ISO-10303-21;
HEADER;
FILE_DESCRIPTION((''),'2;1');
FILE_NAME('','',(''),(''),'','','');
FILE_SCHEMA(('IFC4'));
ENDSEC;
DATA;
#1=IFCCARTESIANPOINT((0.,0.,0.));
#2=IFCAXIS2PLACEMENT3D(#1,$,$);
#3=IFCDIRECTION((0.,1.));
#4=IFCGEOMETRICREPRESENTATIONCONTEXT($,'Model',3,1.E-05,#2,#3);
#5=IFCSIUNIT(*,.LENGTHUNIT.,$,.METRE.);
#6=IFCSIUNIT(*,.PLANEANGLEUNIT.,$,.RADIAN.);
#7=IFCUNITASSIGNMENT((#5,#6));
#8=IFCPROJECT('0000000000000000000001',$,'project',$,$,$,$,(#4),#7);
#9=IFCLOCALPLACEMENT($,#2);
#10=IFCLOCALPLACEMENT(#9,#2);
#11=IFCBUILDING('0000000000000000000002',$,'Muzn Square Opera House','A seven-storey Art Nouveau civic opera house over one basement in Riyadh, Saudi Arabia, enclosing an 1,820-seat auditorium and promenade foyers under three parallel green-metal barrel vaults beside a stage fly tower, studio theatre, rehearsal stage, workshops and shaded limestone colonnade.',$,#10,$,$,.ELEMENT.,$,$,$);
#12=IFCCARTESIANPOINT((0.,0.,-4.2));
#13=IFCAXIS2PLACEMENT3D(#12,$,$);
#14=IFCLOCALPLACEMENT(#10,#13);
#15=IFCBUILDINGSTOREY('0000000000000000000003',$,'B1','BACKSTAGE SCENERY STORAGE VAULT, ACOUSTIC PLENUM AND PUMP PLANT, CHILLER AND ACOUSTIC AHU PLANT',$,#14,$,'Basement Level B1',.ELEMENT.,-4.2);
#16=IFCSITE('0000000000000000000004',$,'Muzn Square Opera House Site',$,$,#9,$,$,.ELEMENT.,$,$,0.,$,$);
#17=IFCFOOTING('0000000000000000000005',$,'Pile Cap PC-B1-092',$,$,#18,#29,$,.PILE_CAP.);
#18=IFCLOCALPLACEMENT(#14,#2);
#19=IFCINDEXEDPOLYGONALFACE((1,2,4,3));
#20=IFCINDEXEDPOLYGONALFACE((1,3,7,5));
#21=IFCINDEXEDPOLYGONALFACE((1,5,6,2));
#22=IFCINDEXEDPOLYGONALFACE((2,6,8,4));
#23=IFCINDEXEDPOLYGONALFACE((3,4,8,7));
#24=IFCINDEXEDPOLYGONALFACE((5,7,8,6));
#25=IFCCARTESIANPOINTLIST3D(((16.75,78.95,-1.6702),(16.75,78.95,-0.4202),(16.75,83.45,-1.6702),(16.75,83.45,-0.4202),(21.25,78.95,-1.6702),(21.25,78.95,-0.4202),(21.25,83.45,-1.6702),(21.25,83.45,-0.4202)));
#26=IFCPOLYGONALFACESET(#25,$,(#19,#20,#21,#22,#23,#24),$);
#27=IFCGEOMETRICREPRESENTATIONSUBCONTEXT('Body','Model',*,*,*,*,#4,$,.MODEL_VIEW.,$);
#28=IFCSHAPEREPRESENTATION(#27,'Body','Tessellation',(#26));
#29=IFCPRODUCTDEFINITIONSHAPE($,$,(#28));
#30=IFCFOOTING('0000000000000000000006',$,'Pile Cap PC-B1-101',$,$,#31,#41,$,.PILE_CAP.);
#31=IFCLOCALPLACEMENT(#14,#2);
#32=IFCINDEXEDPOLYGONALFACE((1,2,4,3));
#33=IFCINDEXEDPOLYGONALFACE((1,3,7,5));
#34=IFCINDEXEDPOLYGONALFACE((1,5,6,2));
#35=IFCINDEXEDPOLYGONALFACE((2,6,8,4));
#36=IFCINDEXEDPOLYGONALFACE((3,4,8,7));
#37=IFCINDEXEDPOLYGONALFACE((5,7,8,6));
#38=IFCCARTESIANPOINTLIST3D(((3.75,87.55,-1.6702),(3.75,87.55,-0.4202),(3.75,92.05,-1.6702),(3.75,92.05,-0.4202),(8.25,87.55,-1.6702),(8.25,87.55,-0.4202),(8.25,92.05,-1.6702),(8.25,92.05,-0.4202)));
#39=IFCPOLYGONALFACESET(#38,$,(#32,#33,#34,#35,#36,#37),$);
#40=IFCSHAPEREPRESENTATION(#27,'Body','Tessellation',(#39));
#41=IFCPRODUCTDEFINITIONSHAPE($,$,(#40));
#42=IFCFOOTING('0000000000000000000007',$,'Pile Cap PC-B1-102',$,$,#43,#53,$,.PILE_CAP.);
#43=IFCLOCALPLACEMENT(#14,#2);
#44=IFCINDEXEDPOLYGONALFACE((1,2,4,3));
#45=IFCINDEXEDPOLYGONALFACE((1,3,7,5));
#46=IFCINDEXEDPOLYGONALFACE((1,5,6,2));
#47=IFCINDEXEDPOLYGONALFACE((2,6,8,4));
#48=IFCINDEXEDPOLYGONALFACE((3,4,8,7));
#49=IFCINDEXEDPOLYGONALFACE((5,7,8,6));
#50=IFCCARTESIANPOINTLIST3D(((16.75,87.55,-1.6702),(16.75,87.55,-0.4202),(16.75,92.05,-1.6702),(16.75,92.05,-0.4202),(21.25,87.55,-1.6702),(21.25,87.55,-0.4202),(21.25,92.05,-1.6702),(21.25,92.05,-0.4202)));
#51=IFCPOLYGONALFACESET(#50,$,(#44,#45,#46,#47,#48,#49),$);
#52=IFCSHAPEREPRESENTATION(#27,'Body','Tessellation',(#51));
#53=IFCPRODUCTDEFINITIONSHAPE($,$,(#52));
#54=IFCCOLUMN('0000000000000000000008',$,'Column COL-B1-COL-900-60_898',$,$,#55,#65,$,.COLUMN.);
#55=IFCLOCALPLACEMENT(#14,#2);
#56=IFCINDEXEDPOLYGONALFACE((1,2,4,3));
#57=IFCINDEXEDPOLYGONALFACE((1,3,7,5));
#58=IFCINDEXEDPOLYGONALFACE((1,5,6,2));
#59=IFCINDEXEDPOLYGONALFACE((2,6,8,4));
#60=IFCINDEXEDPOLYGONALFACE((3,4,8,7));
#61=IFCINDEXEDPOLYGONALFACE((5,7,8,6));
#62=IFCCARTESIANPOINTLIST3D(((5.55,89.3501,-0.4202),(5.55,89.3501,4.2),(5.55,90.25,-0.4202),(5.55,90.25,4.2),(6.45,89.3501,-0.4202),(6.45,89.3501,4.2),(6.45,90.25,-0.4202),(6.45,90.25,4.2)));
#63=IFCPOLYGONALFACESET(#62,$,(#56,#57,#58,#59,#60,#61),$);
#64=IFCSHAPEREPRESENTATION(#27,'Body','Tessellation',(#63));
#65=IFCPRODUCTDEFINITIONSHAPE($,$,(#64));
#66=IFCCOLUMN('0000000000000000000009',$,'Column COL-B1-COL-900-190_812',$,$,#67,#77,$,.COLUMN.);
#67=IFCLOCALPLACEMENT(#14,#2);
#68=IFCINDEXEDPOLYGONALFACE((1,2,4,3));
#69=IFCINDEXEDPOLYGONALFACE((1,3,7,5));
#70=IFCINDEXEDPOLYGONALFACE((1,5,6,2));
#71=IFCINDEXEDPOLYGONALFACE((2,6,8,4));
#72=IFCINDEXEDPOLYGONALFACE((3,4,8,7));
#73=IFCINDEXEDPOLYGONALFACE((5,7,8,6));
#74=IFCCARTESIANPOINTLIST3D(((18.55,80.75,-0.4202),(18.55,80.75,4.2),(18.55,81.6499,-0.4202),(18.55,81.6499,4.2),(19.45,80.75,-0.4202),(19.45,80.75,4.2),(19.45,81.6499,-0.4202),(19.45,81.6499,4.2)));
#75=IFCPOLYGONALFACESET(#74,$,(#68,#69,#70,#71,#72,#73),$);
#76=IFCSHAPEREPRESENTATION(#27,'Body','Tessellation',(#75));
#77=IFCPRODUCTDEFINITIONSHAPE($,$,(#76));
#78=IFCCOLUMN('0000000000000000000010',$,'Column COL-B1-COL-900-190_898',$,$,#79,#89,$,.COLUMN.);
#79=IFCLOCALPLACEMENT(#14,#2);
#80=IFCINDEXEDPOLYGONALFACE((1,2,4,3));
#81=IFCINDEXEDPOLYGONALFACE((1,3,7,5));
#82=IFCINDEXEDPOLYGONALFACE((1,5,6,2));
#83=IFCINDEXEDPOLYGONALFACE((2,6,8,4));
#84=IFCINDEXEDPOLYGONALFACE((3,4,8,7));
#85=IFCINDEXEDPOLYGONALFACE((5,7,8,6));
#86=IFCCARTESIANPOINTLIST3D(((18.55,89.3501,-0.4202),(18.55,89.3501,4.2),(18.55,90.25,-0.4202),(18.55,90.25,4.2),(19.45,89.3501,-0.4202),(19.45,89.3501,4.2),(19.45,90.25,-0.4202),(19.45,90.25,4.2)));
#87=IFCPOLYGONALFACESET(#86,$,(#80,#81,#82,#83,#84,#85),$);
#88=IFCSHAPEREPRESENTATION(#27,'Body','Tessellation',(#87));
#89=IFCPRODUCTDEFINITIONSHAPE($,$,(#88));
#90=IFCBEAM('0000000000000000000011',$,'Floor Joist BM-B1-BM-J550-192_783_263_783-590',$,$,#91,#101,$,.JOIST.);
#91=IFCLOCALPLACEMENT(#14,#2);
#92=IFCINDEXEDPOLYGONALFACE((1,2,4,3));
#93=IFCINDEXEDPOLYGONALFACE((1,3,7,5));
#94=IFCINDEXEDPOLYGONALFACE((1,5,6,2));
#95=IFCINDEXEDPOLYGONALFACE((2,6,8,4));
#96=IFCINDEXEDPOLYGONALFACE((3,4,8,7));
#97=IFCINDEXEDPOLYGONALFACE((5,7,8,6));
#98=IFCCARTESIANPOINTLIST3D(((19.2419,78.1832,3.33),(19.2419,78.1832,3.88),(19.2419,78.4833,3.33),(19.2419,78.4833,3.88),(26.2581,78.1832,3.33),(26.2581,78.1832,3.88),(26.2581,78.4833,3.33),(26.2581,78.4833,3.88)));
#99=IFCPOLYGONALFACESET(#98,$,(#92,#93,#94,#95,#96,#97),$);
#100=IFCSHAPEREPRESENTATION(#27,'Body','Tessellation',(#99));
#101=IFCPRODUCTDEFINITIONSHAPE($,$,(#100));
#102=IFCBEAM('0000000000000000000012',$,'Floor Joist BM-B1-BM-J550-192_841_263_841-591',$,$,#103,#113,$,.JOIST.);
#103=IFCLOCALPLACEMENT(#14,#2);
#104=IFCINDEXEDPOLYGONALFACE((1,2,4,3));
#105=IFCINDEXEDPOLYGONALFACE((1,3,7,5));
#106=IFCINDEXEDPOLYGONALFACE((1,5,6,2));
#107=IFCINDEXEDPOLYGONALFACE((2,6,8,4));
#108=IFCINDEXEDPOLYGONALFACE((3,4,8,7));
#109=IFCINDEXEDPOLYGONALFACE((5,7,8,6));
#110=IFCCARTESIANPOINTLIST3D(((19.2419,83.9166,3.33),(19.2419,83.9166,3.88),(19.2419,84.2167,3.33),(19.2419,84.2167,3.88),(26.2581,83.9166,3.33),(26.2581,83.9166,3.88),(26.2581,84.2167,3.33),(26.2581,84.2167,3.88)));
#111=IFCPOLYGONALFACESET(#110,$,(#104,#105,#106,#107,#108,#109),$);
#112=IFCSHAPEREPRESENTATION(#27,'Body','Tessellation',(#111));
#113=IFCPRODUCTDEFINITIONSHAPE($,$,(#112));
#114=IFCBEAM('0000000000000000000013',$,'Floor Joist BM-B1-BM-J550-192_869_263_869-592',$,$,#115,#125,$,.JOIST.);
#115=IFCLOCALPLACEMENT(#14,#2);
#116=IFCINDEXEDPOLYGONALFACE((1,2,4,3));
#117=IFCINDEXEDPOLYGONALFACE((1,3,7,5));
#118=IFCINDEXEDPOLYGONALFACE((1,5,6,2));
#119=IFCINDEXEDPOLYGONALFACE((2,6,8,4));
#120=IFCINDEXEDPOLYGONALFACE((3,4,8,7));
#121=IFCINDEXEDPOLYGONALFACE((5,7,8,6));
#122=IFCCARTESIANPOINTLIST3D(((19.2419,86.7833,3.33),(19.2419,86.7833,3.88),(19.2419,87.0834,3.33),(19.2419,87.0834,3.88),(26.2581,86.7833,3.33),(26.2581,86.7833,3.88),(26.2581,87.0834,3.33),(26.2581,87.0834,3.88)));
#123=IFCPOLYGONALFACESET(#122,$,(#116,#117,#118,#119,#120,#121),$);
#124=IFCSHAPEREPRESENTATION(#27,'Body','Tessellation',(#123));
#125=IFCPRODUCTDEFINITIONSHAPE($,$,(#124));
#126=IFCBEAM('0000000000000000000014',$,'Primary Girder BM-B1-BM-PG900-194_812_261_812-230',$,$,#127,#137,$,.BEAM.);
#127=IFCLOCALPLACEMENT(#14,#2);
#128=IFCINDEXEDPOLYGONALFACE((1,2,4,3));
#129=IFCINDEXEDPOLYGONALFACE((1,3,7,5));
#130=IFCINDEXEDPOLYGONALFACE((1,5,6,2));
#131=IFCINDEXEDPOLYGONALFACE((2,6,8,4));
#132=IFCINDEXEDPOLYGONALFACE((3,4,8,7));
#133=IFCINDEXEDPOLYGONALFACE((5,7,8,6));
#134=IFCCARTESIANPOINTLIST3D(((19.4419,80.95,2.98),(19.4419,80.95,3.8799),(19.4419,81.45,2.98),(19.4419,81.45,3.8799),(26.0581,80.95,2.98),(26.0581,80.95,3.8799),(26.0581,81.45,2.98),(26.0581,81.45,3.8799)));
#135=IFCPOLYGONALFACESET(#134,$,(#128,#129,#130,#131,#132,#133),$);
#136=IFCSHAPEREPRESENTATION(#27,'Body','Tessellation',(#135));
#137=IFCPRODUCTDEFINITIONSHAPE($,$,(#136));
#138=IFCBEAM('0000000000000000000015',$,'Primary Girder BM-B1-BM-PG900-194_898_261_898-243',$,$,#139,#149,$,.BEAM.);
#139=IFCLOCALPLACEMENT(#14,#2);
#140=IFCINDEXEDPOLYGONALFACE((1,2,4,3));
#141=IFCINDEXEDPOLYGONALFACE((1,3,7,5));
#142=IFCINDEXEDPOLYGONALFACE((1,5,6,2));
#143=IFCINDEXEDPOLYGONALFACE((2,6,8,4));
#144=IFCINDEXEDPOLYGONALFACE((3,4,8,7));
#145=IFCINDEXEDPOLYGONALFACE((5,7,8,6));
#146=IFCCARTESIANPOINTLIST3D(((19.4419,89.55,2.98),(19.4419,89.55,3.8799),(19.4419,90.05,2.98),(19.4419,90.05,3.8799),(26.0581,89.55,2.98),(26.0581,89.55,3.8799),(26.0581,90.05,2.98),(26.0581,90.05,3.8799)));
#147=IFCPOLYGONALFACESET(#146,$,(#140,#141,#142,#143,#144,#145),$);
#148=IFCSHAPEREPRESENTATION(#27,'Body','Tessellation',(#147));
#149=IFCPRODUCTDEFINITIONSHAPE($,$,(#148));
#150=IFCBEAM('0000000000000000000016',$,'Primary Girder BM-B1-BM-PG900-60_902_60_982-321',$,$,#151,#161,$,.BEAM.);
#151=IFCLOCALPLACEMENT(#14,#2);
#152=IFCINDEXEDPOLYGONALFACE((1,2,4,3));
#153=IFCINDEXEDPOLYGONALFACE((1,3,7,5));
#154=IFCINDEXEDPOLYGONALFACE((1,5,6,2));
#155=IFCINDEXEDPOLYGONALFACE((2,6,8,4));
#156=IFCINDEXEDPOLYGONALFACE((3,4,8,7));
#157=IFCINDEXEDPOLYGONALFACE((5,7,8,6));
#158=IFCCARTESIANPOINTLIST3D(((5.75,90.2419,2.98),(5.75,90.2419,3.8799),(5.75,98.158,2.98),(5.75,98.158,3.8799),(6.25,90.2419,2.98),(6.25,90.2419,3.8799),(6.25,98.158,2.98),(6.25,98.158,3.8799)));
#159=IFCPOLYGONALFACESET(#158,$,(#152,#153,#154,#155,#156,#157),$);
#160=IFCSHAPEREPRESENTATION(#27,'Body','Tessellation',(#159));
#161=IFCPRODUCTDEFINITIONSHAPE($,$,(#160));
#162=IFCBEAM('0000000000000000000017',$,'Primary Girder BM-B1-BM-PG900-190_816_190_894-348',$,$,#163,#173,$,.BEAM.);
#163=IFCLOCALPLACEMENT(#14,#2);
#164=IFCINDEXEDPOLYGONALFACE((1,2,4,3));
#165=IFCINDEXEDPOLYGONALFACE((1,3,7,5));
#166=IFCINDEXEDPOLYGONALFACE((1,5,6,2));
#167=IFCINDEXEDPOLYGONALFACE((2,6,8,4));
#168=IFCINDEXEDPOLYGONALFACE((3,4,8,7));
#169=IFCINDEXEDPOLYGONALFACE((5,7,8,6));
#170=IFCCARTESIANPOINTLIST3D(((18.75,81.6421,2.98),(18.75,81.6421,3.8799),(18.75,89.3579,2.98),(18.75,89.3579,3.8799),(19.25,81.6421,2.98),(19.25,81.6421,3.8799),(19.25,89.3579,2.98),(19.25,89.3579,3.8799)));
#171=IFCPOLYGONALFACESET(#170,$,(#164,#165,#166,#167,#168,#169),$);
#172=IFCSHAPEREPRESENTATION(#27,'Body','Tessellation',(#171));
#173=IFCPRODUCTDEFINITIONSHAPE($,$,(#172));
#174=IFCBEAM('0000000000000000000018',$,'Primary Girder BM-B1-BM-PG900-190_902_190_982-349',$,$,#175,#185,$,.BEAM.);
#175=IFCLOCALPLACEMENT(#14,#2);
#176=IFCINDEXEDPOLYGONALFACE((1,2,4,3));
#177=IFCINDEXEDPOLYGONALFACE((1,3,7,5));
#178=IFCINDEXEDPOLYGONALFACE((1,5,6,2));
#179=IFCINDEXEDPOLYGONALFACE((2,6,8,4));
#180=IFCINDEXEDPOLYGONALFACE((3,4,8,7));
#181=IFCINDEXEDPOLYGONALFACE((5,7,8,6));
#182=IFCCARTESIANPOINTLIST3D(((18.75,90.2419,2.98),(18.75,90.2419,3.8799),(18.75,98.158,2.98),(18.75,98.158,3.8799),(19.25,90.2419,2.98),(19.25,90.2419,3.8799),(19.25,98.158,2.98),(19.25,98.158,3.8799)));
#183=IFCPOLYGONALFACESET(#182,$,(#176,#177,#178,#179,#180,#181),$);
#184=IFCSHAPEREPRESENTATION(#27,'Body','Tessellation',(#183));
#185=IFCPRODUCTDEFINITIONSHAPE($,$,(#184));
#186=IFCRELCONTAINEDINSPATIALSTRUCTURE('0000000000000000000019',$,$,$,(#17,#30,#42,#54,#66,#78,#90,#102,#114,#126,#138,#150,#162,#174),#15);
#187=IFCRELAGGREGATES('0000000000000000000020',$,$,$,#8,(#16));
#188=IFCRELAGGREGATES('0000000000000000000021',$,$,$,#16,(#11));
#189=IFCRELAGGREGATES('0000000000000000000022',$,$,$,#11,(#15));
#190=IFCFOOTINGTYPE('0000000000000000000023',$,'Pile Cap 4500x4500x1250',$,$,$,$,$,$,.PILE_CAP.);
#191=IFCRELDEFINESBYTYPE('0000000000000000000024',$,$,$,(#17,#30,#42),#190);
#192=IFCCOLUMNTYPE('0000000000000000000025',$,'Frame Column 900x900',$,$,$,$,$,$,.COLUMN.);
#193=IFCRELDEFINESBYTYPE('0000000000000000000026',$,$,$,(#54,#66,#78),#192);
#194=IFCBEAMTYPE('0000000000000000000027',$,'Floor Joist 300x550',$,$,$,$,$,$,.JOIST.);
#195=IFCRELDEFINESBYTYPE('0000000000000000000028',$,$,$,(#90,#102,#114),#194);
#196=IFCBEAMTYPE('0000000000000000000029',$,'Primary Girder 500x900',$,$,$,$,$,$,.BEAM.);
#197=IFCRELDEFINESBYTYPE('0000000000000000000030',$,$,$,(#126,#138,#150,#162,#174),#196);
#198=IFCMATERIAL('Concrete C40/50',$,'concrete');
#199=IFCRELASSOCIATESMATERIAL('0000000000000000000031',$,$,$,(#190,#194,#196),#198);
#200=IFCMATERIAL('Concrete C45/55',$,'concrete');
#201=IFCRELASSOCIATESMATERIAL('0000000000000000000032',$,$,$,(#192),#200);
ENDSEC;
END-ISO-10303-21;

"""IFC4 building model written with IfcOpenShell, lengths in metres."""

from ifc_helpers import new_model, si_unit, direction, frame, origin, origin_2d, place, context, subcontext, project, spatial, rectangle, extrude, material, material_profile, profile_set, type_object, element, save


model = new_model("IFC4")

# Units and contexts
model_context = context("Model", 3, precision=1e-05, world=origin(), true_north=direction((0.0, 1.0)))
body_context = subcontext(model_context, "Body", "Model", "MODEL_VIEW")
ifc_project = project(units=[si_unit("LENGTHUNIT", "METRE"), si_unit("PLANEANGLEUNIT", "RADIAN")], contexts=[model_context])

# Site, building, storey
site_placement = place(None, origin())
site = spatial("IfcSite", under=ifc_project, at=site_placement, Name="Muzn Square Opera House Site", CompositionType="ELEMENT", RefElevation=0.0)
building_placement = place(site_placement, origin())
building = spatial("IfcBuilding", under=site, at=building_placement, Name="Muzn Square Opera House", Description="A seven-storey Art Nouveau civic opera house over one basement in Riyadh, Saudi Arabia, enclosing an 1,820-seat auditorium and promenade foyers under three parallel green-metal barrel vaults beside a stage fly tower, studio theatre, rehearsal stage, workshops and shaded limestone colonnade.", CompositionType="ELEMENT")
storey_placement = place(building_placement, frame((0.0, 0.0, -4.2)))
storey = spatial("IfcBuildingStorey", under=building, at=storey_placement, Name="B1", Description="BACKSTAGE SCENERY STORAGE VAULT, ACOUSTIC PLENUM AND PUMP PLANT, CHILLER AND ACOUSTIC AHU PLANT", LongName="Basement Level B1", CompositionType="ELEMENT", Elevation=-4.2)

# Shared definitions
ifc_material_1 = material(Name="Concrete C40/50", Category="concrete")

# Footings
footing_type_1 = type_object("IfcFootingType", Name="Pile Cap 4500x4500x1250", PredefinedType="PILE_CAP", material=ifc_material_1)
for number, where, z_axis, x_axis, name in (
    (1, (19.0, 81.2, -1.6702), (0.0, 0.0, 1.0), (1.0, 0.0, 0.0), "Pile Cap PC-B1-092"),
    (2, (6.0, 89.8, -1.6702), (0.0, 0.0, 1.0), (1.0, 0.0, 0.0), "Pile Cap PC-B1-101"),
    (3, (19.0, 89.8, -1.6702), (0.0, 0.0, 1.0), (1.0, 0.0, 0.0), "Pile Cap PC-B1-102"),
):
    element("IfcFooting", number, at=place(storey_placement, frame(where, z_axis=z_axis, x_axis=x_axis)), inside=storey, type_object=footing_type_1, Name=name, PredefinedType="PILE_CAP", context=body_context, shape_type="SweptSolid", body=[
        extrude(rectangle(XDim=4.5, YDim=4.5, at=origin_2d()), origin(), (0.0, 0.0, 1.0), 1.25),
    ])

# Columns
ifc_material_2 = material(Name="Concrete C45/55", Category="concrete")
ifc_material_profile_1 = material_profile(ifc_material_2, rectangle(XDim=0.8999, YDim=0.8999, at=origin_2d()), Name="RC 900x900", Category="concrete")
ifc_profile_set_1 = profile_set([ifc_material_profile_1], Name="Concrete C45/55")
column_type = type_object("IfcColumnType", Name="Frame Column 900x900", PredefinedType="COLUMN", material=ifc_profile_set_1)
for number, where, z_axis, x_axis, name in (
    (4, (6.0, 89.8, -0.4202), (0.0, 0.0, 1.0), (1.0, 0.0, 0.0), "Column COL-B1-COL-900-60_898"),
    (5, (19.0, 81.2, -0.4202), (0.0, 0.0, 1.0), (1.0, 0.0, 0.0), "Column COL-B1-COL-900-190_812"),
    (6, (19.0, 89.8, -0.4202), (0.0, 0.0, 1.0), (1.0, 0.0, 0.0), "Column COL-B1-COL-900-190_898"),
):
    element("IfcColumn", number, at=place(storey_placement, frame(where, z_axis=z_axis, x_axis=x_axis)), inside=storey, type_object=column_type, Name=name, PredefinedType="COLUMN", context=body_context, shape_type="SweptSolid", body=[
        extrude(rectangle(XDim=0.8999, YDim=0.8999, at=origin_2d()), origin(), (0.0, 0.0, 1.0), 4.6201),
    ])

# Beams
ifc_material_profile_2 = material_profile(ifc_material_1, rectangle(XDim=0.3, YDim=0.55, at=origin_2d()), Name="RCJ 300x550", Category="concrete")
ifc_profile_set_2 = profile_set([ifc_material_profile_2], Name="Concrete C40/50")
beam_type_1 = type_object("IfcBeamType", Name="Floor Joist 300x550", PredefinedType="JOIST", material=ifc_profile_set_2)
for number, where, z_axis, x_axis, name in (
    (7, (19.2419, 78.3333, 3.605), (1.0, 0.0, 0.0), (0.0, 1.0, 0.0), "Floor Joist BM-B1-BM-J550-192_783_263_783-590"),
    (8, (19.2419, 84.0667, 3.605), (1.0, 0.0, 0.0), (0.0, 1.0, 0.0), "Floor Joist BM-B1-BM-J550-192_841_263_841-591"),
    (9, (19.2419, 86.9333, 3.605), (1.0, 0.0, 0.0), (0.0, 1.0, 0.0), "Floor Joist BM-B1-BM-J550-192_869_263_869-592"),
):
    element("IfcBeam", number, at=place(storey_placement, frame(where, z_axis=z_axis, x_axis=x_axis)), inside=storey, type_object=beam_type_1, Name=name, PredefinedType="JOIST", context=body_context, shape_type="SweptSolid", body=[
        extrude(rectangle(XDim=0.3, YDim=0.55, at=origin_2d()), origin(), (0.0, 0.0, 1.0), 7.0161),
    ])
ifc_material_profile_3 = material_profile(ifc_material_1, rectangle(XDim=0.5, YDim=0.8999, at=origin_2d()), Name="RCB 500x900", Category="concrete")
ifc_profile_set_3 = profile_set([ifc_material_profile_3], Name="Concrete C40/50")
beam_type_2 = type_object("IfcBeamType", Name="Primary Girder 500x900", PredefinedType="BEAM", material=ifc_profile_set_3)
for number, where, z_axis, x_axis, name in (
    (10, (19.4419, 81.2, 3.4299), (1.0, 0.0, 0.0), (0.0, 1.0, 0.0), "Primary Girder BM-B1-BM-PG900-194_812_261_812-230"),
    (11, (19.4419, 89.8, 3.4299), (1.0, 0.0, 0.0), (0.0, 1.0, 0.0), "Primary Girder BM-B1-BM-PG900-194_898_261_898-243"),
):
    element("IfcBeam", number, at=place(storey_placement, frame(where, z_axis=z_axis, x_axis=x_axis)), inside=storey, type_object=beam_type_2, Name=name, PredefinedType="BEAM", context=body_context, shape_type="SweptSolid", body=[
        extrude(rectangle(XDim=0.5, YDim=0.8999, at=origin_2d()), origin(), (0.0, 0.0, 1.0), 6.6162),
    ])
beam_1_placement = place(storey_placement, frame((6.0, 90.2419, 3.4299), z_axis=(0.0, 1.0, 0.0), x_axis=(-1.0, 0.0, 0.0)))
element("IfcBeam", 12, at=beam_1_placement, inside=storey, type_object=beam_type_2, Name="Primary Girder BM-B1-BM-PG900-60_902_60_982-321", PredefinedType="BEAM", context=body_context, shape_type="SweptSolid", body=[
    extrude(rectangle(XDim=0.5, YDim=0.8999, at=origin_2d()), origin(), (0.0, 0.0, 1.0), 7.916),
])
beam_2_placement = place(storey_placement, frame((19.0, 81.6421, 3.4299), z_axis=(0.0, 1.0, 0.0), x_axis=(-1.0, 0.0, 0.0)))
element("IfcBeam", 13, at=beam_2_placement, inside=storey, type_object=beam_type_2, Name="Primary Girder BM-B1-BM-PG900-190_816_190_894-348", PredefinedType="BEAM", context=body_context, shape_type="SweptSolid", body=[
    extrude(rectangle(XDim=0.5, YDim=0.8999, at=origin_2d()), origin(), (0.0, 0.0, 1.0), 7.7158),
])
beam_3_placement = place(storey_placement, frame((19.0, 90.2419, 3.4299), z_axis=(0.0, 1.0, 0.0), x_axis=(-1.0, 0.0, 0.0)))
element("IfcBeam", 14, at=beam_3_placement, inside=storey, type_object=beam_type_2, Name="Primary Girder BM-B1-BM-PG900-190_902_190_982-349", PredefinedType="BEAM", context=body_context, shape_type="SweptSolid", body=[
    extrude(rectangle(XDim=0.5, YDim=0.8999, at=origin_2d()), origin(), (0.0, 0.0, 1.0), 7.916),
])

save(model, "model.ifc")
